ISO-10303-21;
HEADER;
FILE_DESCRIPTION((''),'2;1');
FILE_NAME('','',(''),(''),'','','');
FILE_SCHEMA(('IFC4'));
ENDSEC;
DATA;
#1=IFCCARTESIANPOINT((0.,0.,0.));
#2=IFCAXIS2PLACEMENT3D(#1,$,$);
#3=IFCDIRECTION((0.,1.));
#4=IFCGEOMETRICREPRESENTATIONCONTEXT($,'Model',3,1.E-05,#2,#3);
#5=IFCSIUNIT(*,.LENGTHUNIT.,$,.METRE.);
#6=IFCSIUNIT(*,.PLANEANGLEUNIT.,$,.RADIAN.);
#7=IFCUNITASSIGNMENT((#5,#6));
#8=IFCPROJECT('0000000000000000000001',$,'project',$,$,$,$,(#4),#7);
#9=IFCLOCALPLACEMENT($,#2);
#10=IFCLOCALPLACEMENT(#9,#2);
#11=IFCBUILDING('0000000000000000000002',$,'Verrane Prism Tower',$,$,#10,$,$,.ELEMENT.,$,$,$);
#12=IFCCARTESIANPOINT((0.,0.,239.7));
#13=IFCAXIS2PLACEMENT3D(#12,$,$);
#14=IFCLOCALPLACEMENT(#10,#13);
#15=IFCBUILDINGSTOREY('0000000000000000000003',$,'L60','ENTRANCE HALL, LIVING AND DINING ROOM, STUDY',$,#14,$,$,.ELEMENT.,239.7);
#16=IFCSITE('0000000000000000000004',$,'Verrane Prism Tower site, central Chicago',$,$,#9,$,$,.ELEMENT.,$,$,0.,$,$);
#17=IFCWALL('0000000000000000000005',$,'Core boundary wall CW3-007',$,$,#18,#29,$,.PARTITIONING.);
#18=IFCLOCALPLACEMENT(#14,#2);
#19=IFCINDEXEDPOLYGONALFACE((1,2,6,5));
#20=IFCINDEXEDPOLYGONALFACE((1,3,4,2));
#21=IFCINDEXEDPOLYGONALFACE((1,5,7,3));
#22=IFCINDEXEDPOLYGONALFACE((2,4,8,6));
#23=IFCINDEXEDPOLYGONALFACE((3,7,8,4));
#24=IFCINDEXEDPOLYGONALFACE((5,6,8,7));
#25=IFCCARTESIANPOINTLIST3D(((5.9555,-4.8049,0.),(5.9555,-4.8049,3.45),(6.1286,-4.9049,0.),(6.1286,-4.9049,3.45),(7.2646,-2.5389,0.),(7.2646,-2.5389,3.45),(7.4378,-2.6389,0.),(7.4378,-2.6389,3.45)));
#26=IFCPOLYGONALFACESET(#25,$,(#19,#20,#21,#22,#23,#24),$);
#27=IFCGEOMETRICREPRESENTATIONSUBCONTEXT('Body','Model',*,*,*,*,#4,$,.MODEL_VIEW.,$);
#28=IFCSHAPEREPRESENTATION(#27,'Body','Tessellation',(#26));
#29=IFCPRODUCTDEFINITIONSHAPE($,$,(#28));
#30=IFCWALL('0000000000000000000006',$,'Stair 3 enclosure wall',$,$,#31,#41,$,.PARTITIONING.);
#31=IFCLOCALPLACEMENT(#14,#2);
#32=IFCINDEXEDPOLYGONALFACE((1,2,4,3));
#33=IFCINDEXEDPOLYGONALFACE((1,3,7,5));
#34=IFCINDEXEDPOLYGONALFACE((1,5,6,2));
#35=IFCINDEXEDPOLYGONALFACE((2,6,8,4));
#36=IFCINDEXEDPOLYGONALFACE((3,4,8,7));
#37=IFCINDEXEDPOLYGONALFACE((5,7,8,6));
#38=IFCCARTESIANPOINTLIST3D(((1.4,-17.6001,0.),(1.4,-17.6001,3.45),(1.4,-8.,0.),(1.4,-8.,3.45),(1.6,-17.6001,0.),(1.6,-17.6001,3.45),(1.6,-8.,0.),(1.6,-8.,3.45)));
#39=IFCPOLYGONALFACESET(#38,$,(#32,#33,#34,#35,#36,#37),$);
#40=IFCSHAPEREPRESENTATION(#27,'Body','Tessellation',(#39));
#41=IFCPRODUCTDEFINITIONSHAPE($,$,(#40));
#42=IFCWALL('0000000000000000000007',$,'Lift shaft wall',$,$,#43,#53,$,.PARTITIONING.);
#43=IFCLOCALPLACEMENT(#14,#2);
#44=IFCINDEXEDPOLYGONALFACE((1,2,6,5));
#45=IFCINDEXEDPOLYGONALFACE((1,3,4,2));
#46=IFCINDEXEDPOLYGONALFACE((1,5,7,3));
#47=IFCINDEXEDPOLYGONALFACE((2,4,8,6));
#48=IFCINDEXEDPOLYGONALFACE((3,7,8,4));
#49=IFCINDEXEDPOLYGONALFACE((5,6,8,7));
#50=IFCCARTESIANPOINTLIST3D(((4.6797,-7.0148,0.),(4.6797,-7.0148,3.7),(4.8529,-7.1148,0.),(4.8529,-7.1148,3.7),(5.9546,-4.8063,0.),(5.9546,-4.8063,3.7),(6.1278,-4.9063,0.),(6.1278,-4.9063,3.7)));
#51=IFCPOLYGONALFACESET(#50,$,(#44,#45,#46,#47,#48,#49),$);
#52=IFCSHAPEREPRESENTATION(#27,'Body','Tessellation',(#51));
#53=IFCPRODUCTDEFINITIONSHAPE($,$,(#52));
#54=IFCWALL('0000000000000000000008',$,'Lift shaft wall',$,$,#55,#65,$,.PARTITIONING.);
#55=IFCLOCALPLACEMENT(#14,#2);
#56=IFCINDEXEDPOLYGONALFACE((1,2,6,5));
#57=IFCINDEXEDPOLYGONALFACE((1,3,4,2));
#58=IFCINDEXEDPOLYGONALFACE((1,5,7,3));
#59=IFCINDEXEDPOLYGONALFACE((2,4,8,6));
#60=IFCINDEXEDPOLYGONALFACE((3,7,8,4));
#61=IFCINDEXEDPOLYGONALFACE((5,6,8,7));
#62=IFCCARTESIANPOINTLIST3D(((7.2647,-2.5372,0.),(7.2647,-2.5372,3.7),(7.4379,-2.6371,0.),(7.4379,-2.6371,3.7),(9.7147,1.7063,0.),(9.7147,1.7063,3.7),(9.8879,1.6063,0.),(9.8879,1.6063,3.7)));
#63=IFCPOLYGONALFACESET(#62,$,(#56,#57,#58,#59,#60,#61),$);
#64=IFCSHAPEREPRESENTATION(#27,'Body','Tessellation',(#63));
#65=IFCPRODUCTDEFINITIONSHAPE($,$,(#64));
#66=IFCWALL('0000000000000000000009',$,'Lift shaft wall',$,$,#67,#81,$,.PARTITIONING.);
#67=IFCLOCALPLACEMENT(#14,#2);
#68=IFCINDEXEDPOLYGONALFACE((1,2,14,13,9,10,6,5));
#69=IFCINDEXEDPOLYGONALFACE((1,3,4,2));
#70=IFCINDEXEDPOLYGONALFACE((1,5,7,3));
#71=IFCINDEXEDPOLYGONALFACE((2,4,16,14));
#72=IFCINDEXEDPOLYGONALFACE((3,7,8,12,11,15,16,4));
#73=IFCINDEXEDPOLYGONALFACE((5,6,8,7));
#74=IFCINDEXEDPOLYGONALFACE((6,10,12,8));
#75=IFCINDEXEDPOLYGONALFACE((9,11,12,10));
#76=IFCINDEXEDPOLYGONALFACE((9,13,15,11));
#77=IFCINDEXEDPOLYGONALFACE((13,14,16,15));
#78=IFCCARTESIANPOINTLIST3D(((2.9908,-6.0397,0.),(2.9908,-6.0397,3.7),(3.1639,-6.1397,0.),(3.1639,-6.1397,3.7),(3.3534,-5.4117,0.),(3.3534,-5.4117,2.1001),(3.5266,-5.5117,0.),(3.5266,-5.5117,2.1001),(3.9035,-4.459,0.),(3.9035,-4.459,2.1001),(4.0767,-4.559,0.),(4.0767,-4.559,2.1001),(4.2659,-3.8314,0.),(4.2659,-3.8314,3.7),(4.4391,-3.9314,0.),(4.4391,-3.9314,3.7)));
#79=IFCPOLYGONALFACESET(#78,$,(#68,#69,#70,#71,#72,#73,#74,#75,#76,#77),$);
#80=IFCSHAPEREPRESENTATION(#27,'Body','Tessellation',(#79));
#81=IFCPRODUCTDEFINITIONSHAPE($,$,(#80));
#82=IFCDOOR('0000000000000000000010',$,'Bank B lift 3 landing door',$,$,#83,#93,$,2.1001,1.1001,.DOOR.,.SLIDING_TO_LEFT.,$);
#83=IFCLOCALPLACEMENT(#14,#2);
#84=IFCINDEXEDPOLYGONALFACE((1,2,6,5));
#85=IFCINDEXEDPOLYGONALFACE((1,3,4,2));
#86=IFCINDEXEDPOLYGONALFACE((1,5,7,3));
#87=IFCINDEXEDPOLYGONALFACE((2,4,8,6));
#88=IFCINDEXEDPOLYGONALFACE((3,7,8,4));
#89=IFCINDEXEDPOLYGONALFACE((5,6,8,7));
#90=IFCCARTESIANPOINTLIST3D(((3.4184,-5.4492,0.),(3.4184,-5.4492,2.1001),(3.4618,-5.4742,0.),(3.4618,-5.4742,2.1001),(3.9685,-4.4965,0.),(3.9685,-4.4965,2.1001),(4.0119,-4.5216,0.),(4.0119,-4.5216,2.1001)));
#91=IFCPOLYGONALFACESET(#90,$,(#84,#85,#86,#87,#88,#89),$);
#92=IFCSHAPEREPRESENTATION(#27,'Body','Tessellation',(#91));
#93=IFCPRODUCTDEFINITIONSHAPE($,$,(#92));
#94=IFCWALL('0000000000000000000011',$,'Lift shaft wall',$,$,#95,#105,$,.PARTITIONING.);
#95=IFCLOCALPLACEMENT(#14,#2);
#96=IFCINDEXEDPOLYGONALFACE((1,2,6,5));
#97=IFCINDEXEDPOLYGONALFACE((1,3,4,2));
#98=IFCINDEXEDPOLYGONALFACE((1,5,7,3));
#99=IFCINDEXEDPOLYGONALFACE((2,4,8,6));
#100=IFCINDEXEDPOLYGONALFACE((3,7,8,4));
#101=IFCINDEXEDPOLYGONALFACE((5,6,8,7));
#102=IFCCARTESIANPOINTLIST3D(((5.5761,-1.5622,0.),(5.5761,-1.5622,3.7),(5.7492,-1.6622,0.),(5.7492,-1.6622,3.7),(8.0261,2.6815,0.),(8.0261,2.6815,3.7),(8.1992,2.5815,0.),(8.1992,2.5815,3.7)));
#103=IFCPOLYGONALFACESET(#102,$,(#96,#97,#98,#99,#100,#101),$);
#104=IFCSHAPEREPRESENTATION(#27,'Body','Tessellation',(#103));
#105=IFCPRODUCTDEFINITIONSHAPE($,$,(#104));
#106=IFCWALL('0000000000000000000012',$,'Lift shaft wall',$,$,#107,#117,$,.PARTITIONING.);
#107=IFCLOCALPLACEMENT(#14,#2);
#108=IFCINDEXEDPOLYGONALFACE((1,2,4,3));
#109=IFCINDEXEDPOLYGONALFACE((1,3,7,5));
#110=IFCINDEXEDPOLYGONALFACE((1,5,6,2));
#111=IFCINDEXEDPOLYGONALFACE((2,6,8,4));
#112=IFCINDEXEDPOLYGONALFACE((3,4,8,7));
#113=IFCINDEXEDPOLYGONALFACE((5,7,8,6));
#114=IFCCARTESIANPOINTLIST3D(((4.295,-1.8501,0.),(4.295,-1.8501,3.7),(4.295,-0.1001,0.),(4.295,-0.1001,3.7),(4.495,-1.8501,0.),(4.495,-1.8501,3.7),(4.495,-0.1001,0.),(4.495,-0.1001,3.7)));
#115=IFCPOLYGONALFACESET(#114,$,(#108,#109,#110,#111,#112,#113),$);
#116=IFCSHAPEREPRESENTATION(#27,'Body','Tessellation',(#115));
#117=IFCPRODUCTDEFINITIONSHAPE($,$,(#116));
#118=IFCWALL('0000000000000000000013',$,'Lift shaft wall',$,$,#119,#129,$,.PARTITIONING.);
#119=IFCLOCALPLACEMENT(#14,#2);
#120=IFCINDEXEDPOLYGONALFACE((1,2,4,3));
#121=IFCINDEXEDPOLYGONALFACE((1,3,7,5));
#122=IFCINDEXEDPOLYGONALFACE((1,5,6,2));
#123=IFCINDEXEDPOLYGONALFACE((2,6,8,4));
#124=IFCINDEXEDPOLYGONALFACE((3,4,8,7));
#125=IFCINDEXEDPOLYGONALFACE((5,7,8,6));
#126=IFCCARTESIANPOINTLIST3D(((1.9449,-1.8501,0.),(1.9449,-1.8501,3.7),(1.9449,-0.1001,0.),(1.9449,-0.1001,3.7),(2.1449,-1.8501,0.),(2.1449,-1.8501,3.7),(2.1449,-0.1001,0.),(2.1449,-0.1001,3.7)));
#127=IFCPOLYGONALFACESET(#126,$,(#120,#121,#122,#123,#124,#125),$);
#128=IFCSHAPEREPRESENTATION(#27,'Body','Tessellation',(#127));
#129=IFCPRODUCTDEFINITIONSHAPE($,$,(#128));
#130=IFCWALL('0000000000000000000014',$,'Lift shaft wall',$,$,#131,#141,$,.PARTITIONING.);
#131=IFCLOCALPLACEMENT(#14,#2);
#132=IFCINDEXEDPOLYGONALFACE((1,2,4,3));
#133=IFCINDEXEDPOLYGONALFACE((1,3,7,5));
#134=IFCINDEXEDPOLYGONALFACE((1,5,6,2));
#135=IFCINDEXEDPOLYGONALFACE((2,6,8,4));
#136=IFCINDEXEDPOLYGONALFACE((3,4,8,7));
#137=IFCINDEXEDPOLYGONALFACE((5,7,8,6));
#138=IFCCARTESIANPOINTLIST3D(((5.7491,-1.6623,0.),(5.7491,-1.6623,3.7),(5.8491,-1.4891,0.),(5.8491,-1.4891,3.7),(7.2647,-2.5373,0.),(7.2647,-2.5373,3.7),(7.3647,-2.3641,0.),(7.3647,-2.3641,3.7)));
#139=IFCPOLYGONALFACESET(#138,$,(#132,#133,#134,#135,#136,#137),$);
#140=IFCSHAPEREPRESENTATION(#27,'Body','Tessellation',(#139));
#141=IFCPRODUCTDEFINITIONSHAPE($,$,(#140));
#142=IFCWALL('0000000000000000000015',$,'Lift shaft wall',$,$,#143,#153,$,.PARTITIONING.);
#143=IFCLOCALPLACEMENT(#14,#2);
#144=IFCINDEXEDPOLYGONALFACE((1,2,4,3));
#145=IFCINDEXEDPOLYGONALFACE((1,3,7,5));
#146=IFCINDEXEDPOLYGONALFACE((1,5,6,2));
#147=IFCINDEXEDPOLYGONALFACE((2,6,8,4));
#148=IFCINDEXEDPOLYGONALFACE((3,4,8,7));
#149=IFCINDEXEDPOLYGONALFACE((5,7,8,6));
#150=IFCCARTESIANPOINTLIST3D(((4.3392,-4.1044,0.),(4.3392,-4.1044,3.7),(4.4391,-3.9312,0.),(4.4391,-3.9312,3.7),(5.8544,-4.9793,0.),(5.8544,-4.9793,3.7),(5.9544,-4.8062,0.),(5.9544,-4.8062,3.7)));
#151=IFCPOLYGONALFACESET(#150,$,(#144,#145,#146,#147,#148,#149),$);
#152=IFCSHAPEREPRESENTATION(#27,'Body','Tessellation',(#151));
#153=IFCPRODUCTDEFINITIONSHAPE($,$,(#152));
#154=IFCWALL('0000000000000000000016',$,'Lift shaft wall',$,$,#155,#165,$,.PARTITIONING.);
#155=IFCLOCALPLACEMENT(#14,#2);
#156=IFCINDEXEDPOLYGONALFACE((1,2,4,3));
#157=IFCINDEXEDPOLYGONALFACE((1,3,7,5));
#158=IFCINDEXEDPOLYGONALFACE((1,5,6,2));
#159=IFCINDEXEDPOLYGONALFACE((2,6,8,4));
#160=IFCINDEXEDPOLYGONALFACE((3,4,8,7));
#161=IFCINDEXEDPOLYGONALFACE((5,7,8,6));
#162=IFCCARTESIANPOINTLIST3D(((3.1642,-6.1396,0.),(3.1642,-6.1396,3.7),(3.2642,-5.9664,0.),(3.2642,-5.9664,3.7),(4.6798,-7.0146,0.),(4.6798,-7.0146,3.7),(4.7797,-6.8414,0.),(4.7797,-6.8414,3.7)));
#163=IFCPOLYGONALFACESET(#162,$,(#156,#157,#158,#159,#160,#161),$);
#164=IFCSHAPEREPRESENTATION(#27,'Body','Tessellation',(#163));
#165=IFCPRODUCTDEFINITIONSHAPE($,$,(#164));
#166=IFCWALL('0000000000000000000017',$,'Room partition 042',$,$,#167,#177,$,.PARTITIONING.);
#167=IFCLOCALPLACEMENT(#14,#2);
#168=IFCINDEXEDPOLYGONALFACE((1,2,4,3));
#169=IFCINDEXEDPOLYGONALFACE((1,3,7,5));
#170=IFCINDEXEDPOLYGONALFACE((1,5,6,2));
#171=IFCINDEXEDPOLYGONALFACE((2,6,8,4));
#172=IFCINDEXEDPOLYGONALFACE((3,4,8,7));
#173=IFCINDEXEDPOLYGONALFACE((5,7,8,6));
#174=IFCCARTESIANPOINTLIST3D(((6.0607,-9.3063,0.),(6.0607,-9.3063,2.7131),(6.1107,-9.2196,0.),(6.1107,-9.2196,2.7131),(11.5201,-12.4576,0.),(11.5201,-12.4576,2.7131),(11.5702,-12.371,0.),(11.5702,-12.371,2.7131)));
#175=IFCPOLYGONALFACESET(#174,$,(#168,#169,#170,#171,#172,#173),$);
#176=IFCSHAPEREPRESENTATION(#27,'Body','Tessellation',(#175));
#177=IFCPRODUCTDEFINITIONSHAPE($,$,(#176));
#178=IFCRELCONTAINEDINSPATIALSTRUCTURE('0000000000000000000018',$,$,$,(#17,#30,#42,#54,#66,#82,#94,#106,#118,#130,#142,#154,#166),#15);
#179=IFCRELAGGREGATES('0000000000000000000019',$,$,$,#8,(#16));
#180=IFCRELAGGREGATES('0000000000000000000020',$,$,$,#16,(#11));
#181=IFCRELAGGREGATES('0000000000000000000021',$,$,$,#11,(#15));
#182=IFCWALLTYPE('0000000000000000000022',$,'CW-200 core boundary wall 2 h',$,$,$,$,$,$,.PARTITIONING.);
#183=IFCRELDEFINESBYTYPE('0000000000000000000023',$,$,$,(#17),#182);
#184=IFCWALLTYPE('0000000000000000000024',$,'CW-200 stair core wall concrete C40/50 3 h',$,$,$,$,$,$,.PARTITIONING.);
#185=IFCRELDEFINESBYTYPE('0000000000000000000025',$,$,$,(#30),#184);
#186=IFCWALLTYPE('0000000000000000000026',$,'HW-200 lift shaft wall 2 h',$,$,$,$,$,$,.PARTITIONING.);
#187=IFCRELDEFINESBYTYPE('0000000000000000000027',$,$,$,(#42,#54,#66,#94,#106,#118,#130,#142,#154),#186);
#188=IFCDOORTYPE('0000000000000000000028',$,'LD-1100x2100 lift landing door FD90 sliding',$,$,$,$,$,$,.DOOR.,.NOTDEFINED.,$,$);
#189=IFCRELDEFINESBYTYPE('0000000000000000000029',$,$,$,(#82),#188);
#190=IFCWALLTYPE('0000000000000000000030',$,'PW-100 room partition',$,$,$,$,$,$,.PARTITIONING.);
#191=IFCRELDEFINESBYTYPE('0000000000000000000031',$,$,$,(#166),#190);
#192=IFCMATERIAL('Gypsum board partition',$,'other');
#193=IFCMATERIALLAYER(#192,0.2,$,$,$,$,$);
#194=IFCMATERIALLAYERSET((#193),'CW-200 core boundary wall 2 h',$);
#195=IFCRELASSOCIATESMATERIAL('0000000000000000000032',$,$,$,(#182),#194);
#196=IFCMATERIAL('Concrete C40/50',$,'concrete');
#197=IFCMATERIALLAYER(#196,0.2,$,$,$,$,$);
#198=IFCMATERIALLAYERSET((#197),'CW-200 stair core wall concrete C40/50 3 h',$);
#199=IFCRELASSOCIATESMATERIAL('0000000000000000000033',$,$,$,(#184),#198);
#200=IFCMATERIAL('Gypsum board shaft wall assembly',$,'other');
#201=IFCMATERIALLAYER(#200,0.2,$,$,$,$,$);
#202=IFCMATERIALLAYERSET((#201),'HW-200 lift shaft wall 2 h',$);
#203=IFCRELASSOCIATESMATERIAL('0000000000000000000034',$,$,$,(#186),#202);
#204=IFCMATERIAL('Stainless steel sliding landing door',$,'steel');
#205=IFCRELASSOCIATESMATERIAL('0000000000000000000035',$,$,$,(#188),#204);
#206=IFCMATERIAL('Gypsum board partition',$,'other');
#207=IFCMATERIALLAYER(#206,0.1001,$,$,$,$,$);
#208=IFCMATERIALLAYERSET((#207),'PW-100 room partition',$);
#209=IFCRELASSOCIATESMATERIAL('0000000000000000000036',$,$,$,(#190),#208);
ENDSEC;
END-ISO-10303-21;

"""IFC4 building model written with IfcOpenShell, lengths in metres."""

from ifc_helpers import new_model, si_unit, direction, frame, frame_2d, origin, place, context, subcontext, project, spatial, rectangle, extrude, material, layer, layer_set, type_object, element, fill, save


model = new_model("IFC4")

# Units and contexts
model_context = context("Model", 3, precision=1e-05, world=origin(), true_north=direction((0.0, 1.0)))
body_context = subcontext(model_context, "Body", "Model", "MODEL_VIEW")
ifc_project = project(units=[si_unit("LENGTHUNIT", "METRE"), si_unit("PLANEANGLEUNIT", "RADIAN")], contexts=[model_context])

# Site, building, storey
site_placement = place(None, origin())
site = spatial("IfcSite", under=ifc_project, at=site_placement, Name="Verrane Prism Tower site, central Chicago", CompositionType="ELEMENT", RefElevation=0.0)
building_placement = place(site_placement, origin())
building = spatial("IfcBuilding", under=site, at=building_placement, Name="Verrane Prism Tower", CompositionType="ELEMENT")
storey_placement = place(building_placement, frame((0.0, 0.0, 239.7)))
storey = spatial("IfcBuildingStorey", under=building, at=storey_placement, Name="L60", Description="ENTRANCE HALL, LIVING AND DINING ROOM, STUDY", CompositionType="ELEMENT", Elevation=239.7)

# Walls
ifc_material_1 = material(Name="Gypsum board partition", Category="other")
ifc_layer_1 = layer(ifc_material_1, 0.2)
ifc_layer_set_1 = layer_set([ifc_layer_1], Name="CW-200 core boundary wall 2 h")
wall_type_1 = type_object("IfcWallType", Name="CW-200 core boundary wall 2 h", PredefinedType="PARTITIONING", material=ifc_layer_set_1)
wall_1_placement = place(storey_placement, frame((6.042, -4.855, 0.0), z_axis=(0.0, 0.0, 1.0), x_axis=(0.500253, 0.865879, 0.0)))
element("IfcWall", 1, at=wall_1_placement, inside=storey, type_object=wall_type_1, Name="Core boundary wall CW3-007", PredefinedType="PARTITIONING", context=body_context, shape_type="SweptSolid", body=[
    extrude(rectangle(XDim=2.6169, YDim=0.2, at=frame_2d((1.3086, 0.0))), origin(), (0.0, 0.0, 1.0), 3.45),
])
ifc_material_2 = material(Name="Concrete C40/50", Category="concrete")
ifc_layer_2 = layer(ifc_material_2, 0.2)
ifc_layer_set_2 = layer_set([ifc_layer_2], Name="CW-200 stair core wall concrete C40/50 3 h")
wall_type_2 = type_object("IfcWallType", Name="CW-200 stair core wall concrete C40/50 3 h", PredefinedType="PARTITIONING", material=ifc_layer_set_2)
wall_2_placement = place(storey_placement, frame((1.5, -8.0, 0.0), z_axis=(0.0, 0.0, 1.0), x_axis=(0.0, -1.0, 0.0)))
element("IfcWall", 2, at=wall_2_placement, inside=storey, type_object=wall_type_2, Name="Stair 3 enclosure wall", PredefinedType="PARTITIONING", context=body_context, shape_type="SweptSolid", body=[
    extrude(rectangle(XDim=9.6001, YDim=0.2, at=frame_2d((4.8, 0.0))), origin(), (0.0, 0.0, 1.0), 3.45),
])
ifc_material_3 = material(Name="Gypsum board shaft wall assembly", Category="other")
ifc_layer_3 = layer(ifc_material_3, 0.2)
ifc_layer_set_3 = layer_set([ifc_layer_3], Name="HW-200 lift shaft wall 2 h")
wall_type_3 = type_object("IfcWallType", Name="HW-200 lift shaft wall 2 h", PredefinedType="PARTITIONING", material=ifc_layer_set_3)
wall_3_placement = place(storey_placement, frame((4.7664, -7.0647, 0.0), z_axis=(0.0, 0.0, 1.0), x_axis=(0.499949, 0.866055, 0.0)))
element("IfcWall", 3, at=wall_3_placement, inside=storey, type_object=wall_type_3, Name="Lift shaft wall", PredefinedType="PARTITIONING", context=body_context, shape_type="SweptSolid", body=[
    extrude(rectangle(XDim=2.55, YDim=0.2, at=frame_2d((1.2749, 0.0))), origin(), (0.0, 0.0, 1.0), 3.7),
])
wall_4_placement = place(storey_placement, frame((7.3513, -2.5872, 0.0), z_axis=(0.0, 0.0, 1.0), x_axis=(0.500003, 0.866024, 0.0)))
element("IfcWall", 4, at=wall_4_placement, inside=storey, type_object=wall_type_3, Name="Lift shaft wall", PredefinedType="PARTITIONING", context=body_context, shape_type="SweptSolid", body=[
    extrude(rectangle(XDim=4.8999, YDim=0.2, at=frame_2d((2.45, 0.0))), origin(), (0.0, 0.0, 1.0), 3.7),
])

# Wall, opening, door
wall_5_placement = place(storey_placement, frame((3.0774, -6.0896, 0.0), z_axis=(0.0, 0.0, 1.0), x_axis=(0.500062, 0.865989, 0.0)))
wall_5 = element("IfcWall", 5, at=wall_5_placement, inside=storey, type_object=wall_type_3, Name="Lift shaft wall", PredefinedType="PARTITIONING", context=body_context, shape_type="SweptSolid", body=[
    extrude(rectangle(XDim=2.55, YDim=0.2, at=frame_2d((1.2749, 0.0))), origin(), (0.0, 0.0, 1.0), 3.7),
])
opening_1_placement = place(wall_5_placement, frame((0.7251, 0.0, 0.0)))
opening_1 = element("IfcOpeningElement", 6, at=opening_1_placement, cuts=wall_5, PredefinedType="OPENING", context=body_context, shape_type="SweptSolid", body=[
    extrude(rectangle(XDim=1.1001, YDim=2.1001, at=frame_2d((0.55, 1.05))), frame((0.0, 0.1099, 0.0), z_axis=(0.0, -1.0, 0.0), x_axis=(1.0, 0.0, 0.0)), (0.0, 0.0, 1.0), 0.22),
])
ifc_material_4 = material(Name="Stainless steel sliding landing door", Category="steel")
door_type_1 = type_object("IfcDoorType", Name="LD-1100x2100 lift landing door FD90 sliding", OperationType="NOTDEFINED", PredefinedType="DOOR", material=ifc_material_4)
door_1_placement = place(opening_1_placement, origin())
door_1 = element("IfcDoor", 7, at=door_1_placement, inside=storey, type_object=door_type_1, Name="Bank B lift 3 landing door", OperationType="SLIDING_TO_LEFT", OverallHeight=2.1001, OverallWidth=1.1001, PredefinedType="DOOR", context=body_context, shape_type="SweptSolid", body=[
    extrude(rectangle(XDim=1.1001, YDim=2.1001, at=frame_2d((0.55, 1.05))), frame((0.0, 0.0249, 0.0), z_axis=(0.0, -1.0, 0.0), x_axis=(1.0, 0.0, 0.0)), (0.0, 0.0, 1.0), 0.05),
])
fill(opening_1, door_1)

# Walls
wall_6_placement = place(storey_placement, frame((5.6626, -1.6123, 0.0), z_axis=(0.0, 0.0, 1.0), x_axis=(0.499981, 0.866036, 0.0)))
element("IfcWall", 8, at=wall_6_placement, inside=storey, type_object=wall_type_3, Name="Lift shaft wall", PredefinedType="PARTITIONING", context=body_context, shape_type="SweptSolid", body=[
    extrude(rectangle(XDim=4.9001, YDim=0.2, at=frame_2d((2.4502, 0.0))), origin(), (0.0, 0.0, 1.0), 3.7),
])
for number, where, z_axis, x_axis, name in (
    (9, (4.395, -1.8501, 0.0), (0.0, 0.0, 1.0), (0.0, 1.0, 0.0), "Lift shaft wall"),
    (10, (2.0449, -1.8501, 0.0), (0.0, 0.0, 1.0), (0.0, 1.0, 0.0), "Lift shaft wall"),
    (11, (7.3147, -2.4507, 0.0), (0.0, 0.0, 1.0), (-0.866037, 0.49998, 0.0), "Lift shaft wall"),
):
    element("IfcWall", number, at=place(storey_placement, frame(where, z_axis=z_axis, x_axis=x_axis)), inside=storey, type_object=wall_type_3, Name=name, PredefinedType="PARTITIONING", context=body_context, shape_type="SweptSolid", body=[
        extrude(rectangle(XDim=1.75, YDim=0.2, at=frame_2d((0.875, 0.0))), origin(), (0.0, 0.0, 1.0), 3.7),
    ])
wall_7_placement = place(storey_placement, frame((5.9045, -4.8928, 0.0), z_axis=(0.0, 0.0, 1.0), x_axis=(-0.866002, 0.50004, 0.0)))
element("IfcWall", 12, at=wall_7_placement, inside=storey, type_object=wall_type_3, Name="Lift shaft wall", PredefinedType="PARTITIONING", context=body_context, shape_type="SweptSolid", body=[
    extrude(rectangle(XDim=1.7498, YDim=0.2, at=frame_2d((0.875, 0.0))), origin(), (0.0, 0.0, 1.0), 3.7),
])
wall_8_placement = place(storey_placement, frame((4.7297, -6.928, 0.0), z_axis=(0.0, 0.0, 1.0), x_axis=(-0.866037, 0.49998, 0.0)))
element("IfcWall", 13, at=wall_8_placement, inside=storey, type_object=wall_type_3, Name="Lift shaft wall", PredefinedType="PARTITIONING", context=body_context, shape_type="SweptSolid", body=[
    extrude(rectangle(XDim=1.75, YDim=0.2, at=frame_2d((0.875, 0.0))), origin(), (0.0, 0.0, 1.0), 3.7),
])
ifc_material_5 = material(Name="Gypsum board partition", Category="other")
ifc_layer_4 = layer(ifc_material_5, 0.1001)
ifc_layer_set_4 = layer_set([ifc_layer_4], Name="PW-100 room partition")
wall_type_4 = type_object("IfcWallType", Name="PW-100 room partition", PredefinedType="PARTITIONING", material=ifc_layer_set_4)
wall_9_placement = place(storey_placement, frame((6.0857, -9.2629, 0.0), z_axis=(0.0, 0.0, 1.0), x_axis=(0.866071, -0.499921, 0.0)))
element("IfcWall", 14, at=wall_9_placement, inside=storey, type_object=wall_type_4, Name="Room partition 042", PredefinedType="PARTITIONING", context=body_context, shape_type="SweptSolid", body=[
    extrude(rectangle(XDim=6.3037, YDim=0.1001, at=frame_2d((3.1519, 0.0))), origin(), (0.0, 0.0, 1.0), 2.7131),
])

save(model, "model.ifc")
